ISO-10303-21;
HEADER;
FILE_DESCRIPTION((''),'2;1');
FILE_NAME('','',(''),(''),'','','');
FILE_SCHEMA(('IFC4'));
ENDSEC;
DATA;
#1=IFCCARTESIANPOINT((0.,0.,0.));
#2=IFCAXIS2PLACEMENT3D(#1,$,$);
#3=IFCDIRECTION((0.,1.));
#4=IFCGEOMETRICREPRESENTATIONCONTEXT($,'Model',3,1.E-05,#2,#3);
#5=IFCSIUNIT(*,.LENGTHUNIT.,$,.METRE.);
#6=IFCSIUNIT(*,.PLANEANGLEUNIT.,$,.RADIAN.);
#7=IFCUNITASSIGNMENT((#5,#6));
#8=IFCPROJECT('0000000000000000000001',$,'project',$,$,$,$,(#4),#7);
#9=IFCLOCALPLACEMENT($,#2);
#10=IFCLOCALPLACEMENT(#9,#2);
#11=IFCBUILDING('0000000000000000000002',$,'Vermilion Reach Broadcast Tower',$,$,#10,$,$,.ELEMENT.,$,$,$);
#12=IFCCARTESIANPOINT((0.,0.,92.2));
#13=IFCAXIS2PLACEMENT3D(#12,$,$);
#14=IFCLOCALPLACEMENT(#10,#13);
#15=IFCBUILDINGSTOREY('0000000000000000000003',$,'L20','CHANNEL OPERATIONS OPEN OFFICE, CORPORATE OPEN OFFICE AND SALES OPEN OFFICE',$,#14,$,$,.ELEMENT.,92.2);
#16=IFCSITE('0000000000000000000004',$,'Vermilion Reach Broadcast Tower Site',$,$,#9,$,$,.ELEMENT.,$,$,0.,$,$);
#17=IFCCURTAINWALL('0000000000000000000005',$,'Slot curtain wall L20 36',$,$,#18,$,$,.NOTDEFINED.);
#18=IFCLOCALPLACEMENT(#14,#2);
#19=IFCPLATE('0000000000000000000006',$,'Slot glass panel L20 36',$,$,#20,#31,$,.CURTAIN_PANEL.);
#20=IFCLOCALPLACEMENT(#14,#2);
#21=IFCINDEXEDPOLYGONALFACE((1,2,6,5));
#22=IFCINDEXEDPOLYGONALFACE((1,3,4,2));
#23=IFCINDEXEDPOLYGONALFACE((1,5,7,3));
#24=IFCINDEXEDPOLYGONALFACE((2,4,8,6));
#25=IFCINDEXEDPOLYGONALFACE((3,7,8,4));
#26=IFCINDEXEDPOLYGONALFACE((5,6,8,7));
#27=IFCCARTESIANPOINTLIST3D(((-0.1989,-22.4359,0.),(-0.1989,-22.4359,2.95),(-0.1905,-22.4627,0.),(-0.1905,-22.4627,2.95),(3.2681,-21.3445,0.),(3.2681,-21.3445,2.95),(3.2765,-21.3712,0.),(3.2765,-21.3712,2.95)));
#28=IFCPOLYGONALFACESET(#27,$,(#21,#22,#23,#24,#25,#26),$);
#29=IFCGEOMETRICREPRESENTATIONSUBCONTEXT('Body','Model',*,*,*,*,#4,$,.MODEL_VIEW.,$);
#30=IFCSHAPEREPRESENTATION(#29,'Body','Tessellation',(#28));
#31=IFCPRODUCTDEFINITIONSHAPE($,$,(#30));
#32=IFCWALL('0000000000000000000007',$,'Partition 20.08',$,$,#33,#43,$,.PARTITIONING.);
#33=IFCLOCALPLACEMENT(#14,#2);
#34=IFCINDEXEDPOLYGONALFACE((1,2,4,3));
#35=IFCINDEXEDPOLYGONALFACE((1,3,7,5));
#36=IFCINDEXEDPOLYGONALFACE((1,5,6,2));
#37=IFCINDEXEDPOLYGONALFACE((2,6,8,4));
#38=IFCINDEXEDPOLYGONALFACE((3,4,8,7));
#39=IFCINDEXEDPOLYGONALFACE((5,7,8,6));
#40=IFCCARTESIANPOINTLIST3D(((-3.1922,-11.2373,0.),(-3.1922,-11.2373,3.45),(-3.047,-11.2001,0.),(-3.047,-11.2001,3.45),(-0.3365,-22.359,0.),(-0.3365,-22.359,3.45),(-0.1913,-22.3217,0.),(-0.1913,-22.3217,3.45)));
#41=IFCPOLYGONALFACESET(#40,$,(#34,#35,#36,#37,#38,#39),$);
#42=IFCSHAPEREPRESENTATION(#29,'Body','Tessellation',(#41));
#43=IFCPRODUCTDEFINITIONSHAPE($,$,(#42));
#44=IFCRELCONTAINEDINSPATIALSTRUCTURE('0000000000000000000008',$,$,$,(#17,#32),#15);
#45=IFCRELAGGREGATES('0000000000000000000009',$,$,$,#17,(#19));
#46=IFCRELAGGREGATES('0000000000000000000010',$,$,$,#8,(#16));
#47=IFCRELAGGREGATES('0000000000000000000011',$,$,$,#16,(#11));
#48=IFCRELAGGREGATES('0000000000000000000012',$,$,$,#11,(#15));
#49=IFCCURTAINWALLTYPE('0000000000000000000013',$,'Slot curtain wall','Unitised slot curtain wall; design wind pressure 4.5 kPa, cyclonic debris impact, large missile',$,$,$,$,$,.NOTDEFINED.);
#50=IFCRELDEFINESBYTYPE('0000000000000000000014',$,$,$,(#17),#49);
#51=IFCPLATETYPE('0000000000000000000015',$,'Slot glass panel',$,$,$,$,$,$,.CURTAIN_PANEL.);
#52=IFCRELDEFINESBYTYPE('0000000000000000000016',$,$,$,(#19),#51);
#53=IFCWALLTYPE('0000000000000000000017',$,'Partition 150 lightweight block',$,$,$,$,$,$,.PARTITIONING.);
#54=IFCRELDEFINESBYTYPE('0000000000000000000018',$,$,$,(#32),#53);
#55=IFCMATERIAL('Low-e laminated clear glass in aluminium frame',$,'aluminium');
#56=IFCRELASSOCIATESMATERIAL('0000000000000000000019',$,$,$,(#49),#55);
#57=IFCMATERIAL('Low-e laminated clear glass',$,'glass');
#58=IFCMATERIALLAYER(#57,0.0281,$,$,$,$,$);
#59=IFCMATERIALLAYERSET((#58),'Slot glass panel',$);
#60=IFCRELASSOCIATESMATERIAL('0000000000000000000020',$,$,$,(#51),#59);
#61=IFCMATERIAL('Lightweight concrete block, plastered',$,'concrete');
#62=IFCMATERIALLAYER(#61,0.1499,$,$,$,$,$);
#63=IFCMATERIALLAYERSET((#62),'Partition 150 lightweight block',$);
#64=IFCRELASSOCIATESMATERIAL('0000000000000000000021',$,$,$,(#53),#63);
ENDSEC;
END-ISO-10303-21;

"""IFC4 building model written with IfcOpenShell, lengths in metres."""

from ifc_helpers import new_model, si_unit, direction, frame, frame_2d, origin, origin_2d, place, context, subcontext, project, spatial, rectangle, extrude, material, layer, layer_set, type_object, element, aggregate, save


model = new_model("IFC4")

# Units and contexts
model_context = context("Model", 3, precision=1e-05, world=origin(), true_north=direction((0.0, 1.0)))
body_context = subcontext(model_context, "Body", "Model", "MODEL_VIEW")
ifc_project = project(units=[si_unit("LENGTHUNIT", "METRE"), si_unit("PLANEANGLEUNIT", "RADIAN")], contexts=[model_context])

# Site, building, storey
site_placement = place(None, origin())
site = spatial("IfcSite", under=ifc_project, at=site_placement, Name="Vermilion Reach Broadcast Tower Site", CompositionType="ELEMENT", RefElevation=0.0)
building_placement = place(site_placement, origin())
building = spatial("IfcBuilding", under=site, at=building_placement, Name="Vermilion Reach Broadcast Tower", CompositionType="ELEMENT")
storey_placement = place(building_placement, frame((0.0, 0.0, 92.2)))
storey = spatial("IfcBuildingStorey", under=building, at=storey_placement, Name="L20", Description="CHANNEL OPERATIONS OPEN OFFICE, CORPORATE OPEN OFFICE AND SALES OPEN OFFICE", CompositionType="ELEMENT", Elevation=92.2)

# Curtain wall
ifc_material_1 = material(Name="Low-e laminated clear glass in aluminium frame", Category="aluminium")
curtain_wall_type = type_object("IfcCurtainWallType", Name="Slot curtain wall", Description="Unitised slot curtain wall; design wind pressure 4.5 kPa, cyclonic debris impact, large missile", PredefinedType="NOTDEFINED", material=ifc_material_1)
placement = place(storey_placement, origin())
curtain_wall_1 = element("IfcCurtainWall", 1, at=placement, inside=storey, type_object=curtain_wall_type, Name="Slot curtain wall L20 36", PredefinedType="NOTDEFINED")

# Shared definitions
ifc_material_2 = material(Name="Low-e laminated clear glass", Category="glass")
ifc_layer_1 = layer(ifc_material_2, 0.0281)
ifc_layer_set_1 = layer_set([ifc_layer_1], Name="Slot glass panel")
plate_type = type_object("IfcPlateType", Name="Slot glass panel", PredefinedType="CURTAIN_PANEL", material=ifc_layer_set_1)

# Plate
plate_1_placement = place(storey_placement, frame((1.5388, -21.9036, 0.0), z_axis=(0.0, 0.0, 1.0), x_axis=(0.953852, 0.300278, 0.0)))
plate_1 = element("IfcPlate", 2, at=plate_1_placement, type_object=plate_type, Name="Slot glass panel L20 36", PredefinedType="CURTAIN_PANEL", context=body_context, shape_type="SweptSolid", body=[
    extrude(rectangle(XDim=3.6348, YDim=0.0281, at=origin_2d()), origin(), (0.0, 0.0, 1.0), 2.95),
])
aggregate(curtain_wall_1, [plate_1])

# Wall
ifc_material_3 = material(Name="Lightweight concrete block, plastered", Category="concrete")
ifc_layer_2 = layer(ifc_material_3, 0.1499)
ifc_layer_set_2 = layer_set([ifc_layer_2], Name="Partition 150 lightweight block")
wall_type = type_object("IfcWallType", Name="Partition 150 lightweight block", PredefinedType="PARTITIONING", material=ifc_layer_set_2)
wall_placement = place(storey_placement, frame((-0.2639, -22.3403, 0.0), z_axis=(0.0, 0.0, 1.0), x_axis=(-0.248704, 0.968579, 0.0)))
element("IfcWall", 3, at=wall_placement, inside=storey, type_object=wall_type, Name="Partition 20.08", PredefinedType="PARTITIONING", context=body_context, shape_type="SweptSolid", body=[
    extrude(rectangle(XDim=11.4824, YDim=0.1499, at=frame_2d((5.7412, 0.0))), origin(), (0.0, 0.0, 1.0), 3.45),
])

save(model, "model.ifc")
